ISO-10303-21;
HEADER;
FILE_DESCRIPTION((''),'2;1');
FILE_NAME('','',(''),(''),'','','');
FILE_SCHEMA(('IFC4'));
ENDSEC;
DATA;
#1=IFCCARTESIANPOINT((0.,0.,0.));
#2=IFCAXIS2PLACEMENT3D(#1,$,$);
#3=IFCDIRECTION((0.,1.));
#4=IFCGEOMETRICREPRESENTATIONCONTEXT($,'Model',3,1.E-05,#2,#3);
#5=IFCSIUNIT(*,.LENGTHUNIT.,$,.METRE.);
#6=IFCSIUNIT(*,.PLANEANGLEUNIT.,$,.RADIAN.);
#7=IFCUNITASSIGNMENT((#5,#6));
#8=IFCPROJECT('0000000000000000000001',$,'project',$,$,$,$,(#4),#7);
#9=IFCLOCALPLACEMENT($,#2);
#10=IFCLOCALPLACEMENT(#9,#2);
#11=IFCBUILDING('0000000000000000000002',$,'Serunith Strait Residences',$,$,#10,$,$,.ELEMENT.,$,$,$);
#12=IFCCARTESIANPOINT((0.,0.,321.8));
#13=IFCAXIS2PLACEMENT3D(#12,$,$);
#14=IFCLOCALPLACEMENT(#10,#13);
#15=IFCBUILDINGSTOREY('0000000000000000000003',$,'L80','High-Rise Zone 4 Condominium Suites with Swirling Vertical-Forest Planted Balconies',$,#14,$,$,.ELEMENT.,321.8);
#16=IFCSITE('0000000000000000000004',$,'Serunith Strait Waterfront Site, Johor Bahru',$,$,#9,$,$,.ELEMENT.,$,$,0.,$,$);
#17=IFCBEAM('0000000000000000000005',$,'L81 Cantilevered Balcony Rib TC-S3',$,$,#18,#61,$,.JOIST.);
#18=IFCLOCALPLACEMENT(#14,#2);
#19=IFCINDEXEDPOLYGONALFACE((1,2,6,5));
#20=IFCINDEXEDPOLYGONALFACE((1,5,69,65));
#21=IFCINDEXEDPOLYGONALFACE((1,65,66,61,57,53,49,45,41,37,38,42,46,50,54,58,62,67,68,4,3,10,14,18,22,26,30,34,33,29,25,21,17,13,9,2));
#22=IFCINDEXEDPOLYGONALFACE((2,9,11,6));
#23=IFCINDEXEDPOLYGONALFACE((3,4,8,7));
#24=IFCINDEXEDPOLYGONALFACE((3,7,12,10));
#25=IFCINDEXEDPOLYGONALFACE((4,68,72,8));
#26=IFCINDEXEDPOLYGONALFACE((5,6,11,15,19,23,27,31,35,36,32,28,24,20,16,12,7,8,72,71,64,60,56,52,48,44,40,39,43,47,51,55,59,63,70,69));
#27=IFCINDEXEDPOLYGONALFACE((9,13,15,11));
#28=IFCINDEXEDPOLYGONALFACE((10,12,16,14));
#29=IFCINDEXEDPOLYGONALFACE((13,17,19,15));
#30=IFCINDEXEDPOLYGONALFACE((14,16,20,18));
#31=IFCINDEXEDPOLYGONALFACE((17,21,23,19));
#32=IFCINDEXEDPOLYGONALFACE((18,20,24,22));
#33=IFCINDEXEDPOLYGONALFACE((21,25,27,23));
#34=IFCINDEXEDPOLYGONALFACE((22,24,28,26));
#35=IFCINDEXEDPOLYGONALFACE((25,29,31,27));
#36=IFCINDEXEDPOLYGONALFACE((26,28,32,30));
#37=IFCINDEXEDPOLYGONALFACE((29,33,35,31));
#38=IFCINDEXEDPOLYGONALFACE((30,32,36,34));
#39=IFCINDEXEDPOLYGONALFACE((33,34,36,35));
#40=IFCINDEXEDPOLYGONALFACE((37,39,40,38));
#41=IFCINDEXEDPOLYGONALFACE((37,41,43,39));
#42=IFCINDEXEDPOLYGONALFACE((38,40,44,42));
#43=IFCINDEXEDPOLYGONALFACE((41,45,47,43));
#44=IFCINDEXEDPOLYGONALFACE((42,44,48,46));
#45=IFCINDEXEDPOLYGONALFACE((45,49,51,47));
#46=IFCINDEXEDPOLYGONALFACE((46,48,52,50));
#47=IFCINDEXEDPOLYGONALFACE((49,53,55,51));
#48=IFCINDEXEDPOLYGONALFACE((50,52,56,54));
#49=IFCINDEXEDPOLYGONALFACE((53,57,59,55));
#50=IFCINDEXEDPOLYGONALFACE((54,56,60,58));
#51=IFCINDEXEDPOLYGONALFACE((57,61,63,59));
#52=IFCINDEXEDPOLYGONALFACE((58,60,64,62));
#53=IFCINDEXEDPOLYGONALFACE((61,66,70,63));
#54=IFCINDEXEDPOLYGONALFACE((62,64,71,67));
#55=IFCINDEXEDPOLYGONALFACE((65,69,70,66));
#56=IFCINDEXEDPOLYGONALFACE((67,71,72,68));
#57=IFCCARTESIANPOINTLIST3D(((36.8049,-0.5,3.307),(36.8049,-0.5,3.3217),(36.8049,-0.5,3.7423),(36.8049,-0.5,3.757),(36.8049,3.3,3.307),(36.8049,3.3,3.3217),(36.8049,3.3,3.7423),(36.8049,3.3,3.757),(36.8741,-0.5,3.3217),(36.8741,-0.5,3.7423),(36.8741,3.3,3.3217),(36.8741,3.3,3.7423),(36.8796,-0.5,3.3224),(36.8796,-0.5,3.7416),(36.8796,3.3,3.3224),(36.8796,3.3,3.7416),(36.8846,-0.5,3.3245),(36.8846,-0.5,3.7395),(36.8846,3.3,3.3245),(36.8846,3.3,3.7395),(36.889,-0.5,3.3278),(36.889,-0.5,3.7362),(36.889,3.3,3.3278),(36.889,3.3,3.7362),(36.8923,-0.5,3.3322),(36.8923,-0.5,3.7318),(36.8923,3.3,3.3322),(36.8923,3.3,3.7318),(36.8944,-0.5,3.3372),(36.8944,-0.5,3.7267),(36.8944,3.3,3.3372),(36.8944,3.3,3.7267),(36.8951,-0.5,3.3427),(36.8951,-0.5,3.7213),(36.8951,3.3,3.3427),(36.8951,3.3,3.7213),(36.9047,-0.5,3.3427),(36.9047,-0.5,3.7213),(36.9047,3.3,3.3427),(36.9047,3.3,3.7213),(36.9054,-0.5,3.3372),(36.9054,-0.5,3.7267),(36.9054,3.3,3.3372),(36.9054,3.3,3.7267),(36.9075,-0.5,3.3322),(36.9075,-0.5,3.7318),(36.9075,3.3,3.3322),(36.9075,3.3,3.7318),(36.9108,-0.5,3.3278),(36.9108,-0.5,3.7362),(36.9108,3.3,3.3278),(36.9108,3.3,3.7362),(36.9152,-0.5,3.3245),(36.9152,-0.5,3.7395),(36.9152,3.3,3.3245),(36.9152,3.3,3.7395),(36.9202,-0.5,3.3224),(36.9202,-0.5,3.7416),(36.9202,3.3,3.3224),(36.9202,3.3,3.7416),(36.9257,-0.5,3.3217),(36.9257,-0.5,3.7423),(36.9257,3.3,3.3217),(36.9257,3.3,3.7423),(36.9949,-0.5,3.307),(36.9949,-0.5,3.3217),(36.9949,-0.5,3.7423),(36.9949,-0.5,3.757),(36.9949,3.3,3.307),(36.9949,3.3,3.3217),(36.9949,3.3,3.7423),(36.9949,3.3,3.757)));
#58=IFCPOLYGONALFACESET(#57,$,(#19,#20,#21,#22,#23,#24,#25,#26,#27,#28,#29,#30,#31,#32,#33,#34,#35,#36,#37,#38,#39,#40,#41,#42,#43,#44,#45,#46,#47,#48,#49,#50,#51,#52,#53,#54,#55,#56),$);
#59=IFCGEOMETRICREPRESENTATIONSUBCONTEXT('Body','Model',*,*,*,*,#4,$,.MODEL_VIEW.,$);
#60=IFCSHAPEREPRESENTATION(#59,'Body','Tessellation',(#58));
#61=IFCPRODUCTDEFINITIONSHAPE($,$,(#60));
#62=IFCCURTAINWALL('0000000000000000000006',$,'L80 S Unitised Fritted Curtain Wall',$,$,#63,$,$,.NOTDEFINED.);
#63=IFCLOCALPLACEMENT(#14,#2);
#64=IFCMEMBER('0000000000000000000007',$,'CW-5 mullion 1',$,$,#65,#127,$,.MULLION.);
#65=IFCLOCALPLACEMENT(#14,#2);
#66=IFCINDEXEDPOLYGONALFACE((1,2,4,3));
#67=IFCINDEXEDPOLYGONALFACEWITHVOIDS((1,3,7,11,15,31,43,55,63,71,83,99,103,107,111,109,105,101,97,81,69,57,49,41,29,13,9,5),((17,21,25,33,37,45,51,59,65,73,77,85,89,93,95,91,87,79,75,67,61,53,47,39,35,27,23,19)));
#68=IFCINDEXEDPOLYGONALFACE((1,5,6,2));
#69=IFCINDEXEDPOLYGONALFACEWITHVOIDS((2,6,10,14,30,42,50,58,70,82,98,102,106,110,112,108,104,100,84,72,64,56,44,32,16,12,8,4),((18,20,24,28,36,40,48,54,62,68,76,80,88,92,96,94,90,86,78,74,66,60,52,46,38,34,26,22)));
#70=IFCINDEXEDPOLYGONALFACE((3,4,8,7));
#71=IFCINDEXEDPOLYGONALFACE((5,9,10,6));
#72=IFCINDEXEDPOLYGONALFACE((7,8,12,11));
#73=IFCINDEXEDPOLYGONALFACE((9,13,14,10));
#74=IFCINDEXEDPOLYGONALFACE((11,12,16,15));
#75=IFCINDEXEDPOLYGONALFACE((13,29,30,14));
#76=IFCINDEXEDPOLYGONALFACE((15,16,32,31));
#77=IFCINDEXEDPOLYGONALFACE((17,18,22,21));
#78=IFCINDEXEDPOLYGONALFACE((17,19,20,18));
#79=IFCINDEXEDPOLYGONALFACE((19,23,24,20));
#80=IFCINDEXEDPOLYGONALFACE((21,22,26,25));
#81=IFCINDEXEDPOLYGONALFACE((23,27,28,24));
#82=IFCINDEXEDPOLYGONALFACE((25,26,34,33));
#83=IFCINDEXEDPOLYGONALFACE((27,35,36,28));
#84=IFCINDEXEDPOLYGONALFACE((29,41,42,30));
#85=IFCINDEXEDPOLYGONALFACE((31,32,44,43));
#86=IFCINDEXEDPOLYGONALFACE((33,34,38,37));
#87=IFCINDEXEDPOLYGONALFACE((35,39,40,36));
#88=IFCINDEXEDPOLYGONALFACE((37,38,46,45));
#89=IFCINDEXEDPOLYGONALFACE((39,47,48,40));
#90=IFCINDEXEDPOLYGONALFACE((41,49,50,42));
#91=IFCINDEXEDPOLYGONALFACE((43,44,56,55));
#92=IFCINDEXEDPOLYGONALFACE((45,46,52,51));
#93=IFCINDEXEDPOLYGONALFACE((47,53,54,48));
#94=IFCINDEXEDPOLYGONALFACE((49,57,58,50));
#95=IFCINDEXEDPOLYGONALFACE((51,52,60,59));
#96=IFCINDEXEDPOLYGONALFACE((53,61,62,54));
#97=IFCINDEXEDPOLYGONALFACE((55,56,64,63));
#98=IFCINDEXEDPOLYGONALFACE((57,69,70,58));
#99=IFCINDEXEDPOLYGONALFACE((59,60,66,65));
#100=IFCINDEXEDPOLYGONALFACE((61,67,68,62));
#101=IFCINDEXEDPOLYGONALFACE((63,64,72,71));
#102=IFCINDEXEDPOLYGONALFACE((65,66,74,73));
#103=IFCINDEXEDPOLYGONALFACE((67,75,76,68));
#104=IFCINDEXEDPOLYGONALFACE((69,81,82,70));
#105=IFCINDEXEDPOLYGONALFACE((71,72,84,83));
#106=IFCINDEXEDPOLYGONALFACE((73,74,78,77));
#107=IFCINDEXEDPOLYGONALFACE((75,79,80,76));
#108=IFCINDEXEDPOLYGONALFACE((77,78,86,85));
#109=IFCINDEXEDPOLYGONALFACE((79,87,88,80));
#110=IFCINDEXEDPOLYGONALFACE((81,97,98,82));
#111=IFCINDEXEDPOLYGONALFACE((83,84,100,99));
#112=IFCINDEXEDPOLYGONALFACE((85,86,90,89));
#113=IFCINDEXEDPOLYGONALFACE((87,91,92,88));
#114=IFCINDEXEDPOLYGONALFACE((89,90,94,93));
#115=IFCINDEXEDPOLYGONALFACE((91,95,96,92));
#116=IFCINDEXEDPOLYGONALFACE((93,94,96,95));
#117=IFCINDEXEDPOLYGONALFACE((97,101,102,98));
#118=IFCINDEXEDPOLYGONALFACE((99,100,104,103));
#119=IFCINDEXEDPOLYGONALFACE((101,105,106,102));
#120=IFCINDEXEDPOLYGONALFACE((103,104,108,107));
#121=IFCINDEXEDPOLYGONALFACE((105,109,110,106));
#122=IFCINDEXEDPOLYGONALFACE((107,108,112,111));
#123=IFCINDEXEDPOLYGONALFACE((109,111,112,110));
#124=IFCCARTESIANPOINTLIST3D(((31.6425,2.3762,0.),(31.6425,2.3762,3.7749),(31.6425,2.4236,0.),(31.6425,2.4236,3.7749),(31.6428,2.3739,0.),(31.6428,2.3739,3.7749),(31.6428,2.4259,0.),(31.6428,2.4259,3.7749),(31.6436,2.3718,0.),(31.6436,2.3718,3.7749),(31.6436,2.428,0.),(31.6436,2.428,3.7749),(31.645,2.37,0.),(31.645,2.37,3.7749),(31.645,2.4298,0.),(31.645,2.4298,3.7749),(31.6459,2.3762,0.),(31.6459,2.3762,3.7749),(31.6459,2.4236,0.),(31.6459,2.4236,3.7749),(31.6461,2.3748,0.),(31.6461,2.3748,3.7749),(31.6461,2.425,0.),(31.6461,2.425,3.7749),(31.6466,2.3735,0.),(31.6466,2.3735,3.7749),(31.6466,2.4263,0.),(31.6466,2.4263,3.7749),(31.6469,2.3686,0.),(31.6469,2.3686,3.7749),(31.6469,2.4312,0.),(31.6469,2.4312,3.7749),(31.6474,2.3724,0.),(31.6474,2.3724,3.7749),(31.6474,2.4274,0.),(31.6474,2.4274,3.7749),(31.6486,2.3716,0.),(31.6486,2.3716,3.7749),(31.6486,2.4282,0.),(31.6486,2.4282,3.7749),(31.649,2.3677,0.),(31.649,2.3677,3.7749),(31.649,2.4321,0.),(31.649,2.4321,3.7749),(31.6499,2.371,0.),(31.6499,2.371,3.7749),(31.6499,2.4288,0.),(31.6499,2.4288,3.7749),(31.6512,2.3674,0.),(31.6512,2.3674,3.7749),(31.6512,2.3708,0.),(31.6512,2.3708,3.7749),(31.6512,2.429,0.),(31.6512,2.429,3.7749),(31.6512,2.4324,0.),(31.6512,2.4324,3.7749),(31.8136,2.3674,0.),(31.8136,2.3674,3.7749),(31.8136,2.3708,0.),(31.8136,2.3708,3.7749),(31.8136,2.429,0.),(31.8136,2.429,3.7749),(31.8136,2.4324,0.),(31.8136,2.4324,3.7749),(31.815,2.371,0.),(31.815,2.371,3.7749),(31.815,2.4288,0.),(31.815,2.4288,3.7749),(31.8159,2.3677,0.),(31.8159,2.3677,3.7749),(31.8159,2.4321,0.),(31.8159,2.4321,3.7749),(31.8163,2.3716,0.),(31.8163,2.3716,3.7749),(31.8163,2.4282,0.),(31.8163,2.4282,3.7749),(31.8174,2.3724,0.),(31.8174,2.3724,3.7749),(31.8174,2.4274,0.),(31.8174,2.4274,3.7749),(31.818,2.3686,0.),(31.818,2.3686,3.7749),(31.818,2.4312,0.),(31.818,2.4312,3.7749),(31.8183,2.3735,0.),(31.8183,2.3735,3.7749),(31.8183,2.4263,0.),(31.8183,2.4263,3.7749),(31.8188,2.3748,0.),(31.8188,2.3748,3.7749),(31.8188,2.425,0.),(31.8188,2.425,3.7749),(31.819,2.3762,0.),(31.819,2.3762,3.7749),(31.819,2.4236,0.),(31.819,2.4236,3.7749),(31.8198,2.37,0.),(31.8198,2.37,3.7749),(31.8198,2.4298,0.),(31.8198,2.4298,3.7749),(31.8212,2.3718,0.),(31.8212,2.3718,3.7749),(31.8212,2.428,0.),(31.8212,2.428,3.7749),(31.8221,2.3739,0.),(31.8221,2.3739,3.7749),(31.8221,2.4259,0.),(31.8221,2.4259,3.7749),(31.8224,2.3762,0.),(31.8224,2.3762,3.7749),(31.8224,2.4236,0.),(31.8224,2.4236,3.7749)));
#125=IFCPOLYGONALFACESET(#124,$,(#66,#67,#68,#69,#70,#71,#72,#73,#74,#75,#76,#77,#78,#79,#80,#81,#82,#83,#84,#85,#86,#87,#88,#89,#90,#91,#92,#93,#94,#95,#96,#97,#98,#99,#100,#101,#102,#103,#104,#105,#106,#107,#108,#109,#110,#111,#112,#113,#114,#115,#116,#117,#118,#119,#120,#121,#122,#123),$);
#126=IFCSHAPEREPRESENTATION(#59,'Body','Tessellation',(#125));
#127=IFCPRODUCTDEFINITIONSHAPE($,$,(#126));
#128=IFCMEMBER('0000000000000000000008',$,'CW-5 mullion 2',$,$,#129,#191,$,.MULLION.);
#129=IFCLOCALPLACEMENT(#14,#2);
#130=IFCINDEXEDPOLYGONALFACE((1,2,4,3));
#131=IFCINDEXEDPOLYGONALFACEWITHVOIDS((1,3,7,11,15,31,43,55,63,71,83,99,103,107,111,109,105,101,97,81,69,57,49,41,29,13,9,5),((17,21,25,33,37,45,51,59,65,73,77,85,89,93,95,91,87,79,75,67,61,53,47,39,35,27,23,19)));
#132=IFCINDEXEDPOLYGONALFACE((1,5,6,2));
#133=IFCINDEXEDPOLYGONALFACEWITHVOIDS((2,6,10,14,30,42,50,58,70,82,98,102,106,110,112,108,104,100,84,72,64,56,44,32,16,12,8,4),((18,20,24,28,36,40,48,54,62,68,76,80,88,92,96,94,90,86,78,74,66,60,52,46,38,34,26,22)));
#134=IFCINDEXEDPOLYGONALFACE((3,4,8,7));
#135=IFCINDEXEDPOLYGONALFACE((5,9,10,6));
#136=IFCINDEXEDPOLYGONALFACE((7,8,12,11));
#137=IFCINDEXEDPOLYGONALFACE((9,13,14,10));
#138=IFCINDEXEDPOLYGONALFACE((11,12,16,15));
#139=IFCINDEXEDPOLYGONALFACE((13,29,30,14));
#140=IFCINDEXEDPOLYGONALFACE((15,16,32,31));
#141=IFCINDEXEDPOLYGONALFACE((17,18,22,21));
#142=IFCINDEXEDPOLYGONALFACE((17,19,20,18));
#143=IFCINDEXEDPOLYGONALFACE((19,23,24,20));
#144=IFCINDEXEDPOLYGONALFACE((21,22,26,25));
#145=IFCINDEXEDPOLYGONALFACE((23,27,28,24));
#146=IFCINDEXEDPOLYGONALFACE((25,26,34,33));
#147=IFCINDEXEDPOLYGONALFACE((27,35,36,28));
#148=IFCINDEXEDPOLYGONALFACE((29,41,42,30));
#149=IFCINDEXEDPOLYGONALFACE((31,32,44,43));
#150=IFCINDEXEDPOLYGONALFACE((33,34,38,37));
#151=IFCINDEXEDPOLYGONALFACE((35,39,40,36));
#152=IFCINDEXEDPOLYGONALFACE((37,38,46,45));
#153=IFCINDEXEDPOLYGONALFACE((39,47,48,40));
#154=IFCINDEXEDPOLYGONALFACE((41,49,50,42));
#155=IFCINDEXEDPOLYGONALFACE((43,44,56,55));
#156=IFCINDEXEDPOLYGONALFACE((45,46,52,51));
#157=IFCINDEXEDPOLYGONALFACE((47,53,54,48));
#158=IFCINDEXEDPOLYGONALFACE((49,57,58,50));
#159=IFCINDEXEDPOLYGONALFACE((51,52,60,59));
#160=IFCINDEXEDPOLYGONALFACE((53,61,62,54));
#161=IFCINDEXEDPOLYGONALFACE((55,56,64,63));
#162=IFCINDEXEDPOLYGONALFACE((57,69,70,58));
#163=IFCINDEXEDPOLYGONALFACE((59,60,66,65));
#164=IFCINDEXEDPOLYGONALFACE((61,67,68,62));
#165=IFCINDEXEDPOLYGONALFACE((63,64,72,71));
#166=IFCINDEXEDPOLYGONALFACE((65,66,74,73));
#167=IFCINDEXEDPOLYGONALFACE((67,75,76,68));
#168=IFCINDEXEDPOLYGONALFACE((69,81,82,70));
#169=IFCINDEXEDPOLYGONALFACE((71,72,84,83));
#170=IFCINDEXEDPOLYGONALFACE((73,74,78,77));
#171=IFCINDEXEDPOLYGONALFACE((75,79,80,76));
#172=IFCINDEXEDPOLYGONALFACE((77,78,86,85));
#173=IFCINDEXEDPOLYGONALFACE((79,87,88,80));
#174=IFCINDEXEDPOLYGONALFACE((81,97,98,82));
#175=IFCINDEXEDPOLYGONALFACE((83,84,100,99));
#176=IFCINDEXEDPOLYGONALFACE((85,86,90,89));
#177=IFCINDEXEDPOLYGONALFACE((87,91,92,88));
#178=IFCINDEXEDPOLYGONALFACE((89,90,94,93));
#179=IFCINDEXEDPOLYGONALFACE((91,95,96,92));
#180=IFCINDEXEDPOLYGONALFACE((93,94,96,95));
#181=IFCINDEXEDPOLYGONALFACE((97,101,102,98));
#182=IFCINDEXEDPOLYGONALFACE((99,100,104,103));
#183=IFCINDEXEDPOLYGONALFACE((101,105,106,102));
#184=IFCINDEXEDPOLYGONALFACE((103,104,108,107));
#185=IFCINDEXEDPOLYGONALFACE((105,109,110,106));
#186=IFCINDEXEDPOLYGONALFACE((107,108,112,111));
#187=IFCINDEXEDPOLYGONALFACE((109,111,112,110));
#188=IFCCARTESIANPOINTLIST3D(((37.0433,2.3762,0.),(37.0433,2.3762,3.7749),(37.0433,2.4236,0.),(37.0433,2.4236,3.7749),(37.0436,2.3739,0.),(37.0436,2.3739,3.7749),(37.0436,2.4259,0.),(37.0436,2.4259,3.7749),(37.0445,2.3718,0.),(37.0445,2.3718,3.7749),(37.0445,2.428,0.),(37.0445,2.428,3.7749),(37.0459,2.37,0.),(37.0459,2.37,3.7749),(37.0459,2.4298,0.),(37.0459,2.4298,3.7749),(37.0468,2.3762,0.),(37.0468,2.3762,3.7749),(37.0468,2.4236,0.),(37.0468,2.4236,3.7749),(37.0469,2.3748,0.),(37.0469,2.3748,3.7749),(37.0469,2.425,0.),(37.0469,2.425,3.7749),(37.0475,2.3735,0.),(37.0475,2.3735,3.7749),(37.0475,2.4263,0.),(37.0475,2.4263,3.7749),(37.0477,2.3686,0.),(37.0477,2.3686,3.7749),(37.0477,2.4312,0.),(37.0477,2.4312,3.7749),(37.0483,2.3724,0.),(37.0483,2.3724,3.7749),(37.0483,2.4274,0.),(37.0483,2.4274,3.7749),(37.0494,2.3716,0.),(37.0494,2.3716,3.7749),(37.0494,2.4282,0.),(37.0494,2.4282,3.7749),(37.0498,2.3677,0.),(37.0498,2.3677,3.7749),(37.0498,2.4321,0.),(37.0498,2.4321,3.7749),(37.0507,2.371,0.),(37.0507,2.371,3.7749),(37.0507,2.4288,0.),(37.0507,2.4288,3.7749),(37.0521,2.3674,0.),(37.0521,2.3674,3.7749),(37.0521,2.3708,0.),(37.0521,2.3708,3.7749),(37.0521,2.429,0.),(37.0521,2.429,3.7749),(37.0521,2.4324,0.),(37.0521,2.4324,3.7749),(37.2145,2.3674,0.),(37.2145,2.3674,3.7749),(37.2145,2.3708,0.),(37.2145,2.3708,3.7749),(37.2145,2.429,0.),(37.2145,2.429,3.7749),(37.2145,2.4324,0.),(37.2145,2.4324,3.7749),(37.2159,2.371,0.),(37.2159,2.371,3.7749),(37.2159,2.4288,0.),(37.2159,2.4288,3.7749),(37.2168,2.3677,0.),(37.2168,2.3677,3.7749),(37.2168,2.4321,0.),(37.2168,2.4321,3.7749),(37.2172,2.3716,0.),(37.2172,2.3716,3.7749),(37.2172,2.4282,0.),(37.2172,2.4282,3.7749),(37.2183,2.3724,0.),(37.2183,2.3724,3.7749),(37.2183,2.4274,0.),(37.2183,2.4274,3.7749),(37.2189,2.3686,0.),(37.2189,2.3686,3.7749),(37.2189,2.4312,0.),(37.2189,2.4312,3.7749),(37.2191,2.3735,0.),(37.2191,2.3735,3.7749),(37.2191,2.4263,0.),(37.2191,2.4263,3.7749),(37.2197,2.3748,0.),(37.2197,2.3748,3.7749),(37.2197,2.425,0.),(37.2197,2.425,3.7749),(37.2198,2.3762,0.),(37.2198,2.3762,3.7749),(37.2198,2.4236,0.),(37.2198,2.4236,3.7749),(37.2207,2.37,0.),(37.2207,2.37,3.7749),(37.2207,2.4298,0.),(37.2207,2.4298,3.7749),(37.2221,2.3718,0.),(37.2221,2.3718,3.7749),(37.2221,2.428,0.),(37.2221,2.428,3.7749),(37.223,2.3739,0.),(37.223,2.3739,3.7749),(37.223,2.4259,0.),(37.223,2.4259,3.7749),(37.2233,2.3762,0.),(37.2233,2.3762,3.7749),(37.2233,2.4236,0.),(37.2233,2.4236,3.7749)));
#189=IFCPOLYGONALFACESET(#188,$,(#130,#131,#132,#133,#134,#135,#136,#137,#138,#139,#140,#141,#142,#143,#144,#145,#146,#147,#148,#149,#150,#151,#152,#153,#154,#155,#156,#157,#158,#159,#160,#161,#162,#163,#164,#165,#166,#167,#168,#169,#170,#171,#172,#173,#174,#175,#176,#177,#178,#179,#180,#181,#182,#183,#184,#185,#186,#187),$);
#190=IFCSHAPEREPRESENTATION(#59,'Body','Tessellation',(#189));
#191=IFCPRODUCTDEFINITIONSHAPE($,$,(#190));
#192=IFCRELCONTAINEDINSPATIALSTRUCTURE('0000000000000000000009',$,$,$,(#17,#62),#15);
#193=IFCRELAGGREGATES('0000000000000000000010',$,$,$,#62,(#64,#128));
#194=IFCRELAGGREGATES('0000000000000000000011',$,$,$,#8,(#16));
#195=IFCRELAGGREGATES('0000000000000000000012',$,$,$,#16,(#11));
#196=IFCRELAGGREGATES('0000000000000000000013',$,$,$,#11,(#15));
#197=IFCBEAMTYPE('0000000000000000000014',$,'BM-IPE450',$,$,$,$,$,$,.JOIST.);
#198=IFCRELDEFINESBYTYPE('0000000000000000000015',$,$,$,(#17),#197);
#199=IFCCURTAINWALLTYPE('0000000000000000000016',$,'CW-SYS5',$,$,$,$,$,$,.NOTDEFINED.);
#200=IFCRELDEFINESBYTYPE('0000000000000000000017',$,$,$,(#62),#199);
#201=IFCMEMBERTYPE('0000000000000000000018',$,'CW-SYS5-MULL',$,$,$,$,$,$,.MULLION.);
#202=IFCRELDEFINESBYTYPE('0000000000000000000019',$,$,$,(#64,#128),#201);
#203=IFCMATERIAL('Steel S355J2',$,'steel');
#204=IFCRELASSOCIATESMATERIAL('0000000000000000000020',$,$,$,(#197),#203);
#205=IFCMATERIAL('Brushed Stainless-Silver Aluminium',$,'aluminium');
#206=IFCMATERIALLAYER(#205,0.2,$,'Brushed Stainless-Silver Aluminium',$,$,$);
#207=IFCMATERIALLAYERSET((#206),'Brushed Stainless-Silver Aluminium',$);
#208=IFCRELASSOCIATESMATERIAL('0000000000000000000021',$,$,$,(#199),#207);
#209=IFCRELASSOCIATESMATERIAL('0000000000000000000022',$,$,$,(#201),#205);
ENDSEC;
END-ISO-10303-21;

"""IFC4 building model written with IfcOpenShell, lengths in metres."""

from ifc_helpers import new_model, si_unit, direction, frame, origin, origin_2d, place, context, subcontext, project, spatial, hollow_rectangle, i_section, extrude, source, transform, mapped, material, layer, layer_set, material_profile, profile_set, type_object, element, aggregate, save


model = new_model("IFC4")

# Units and contexts
model_context = context("Model", 3, precision=1e-05, world=origin(), true_north=direction((0.0, 1.0)))
body_context = subcontext(model_context, "Body", "Model", "MODEL_VIEW")
ifc_project = project(units=[si_unit("LENGTHUNIT", "METRE"), si_unit("PLANEANGLEUNIT", "RADIAN")], contexts=[model_context])

# Site, building, storey
site_placement = place(None, origin())
site = spatial("IfcSite", under=ifc_project, at=site_placement, Name="Serunith Strait Waterfront Site, Johor Bahru", CompositionType="ELEMENT", RefElevation=0.0)
building_placement = place(site_placement, origin())
building = spatial("IfcBuilding", under=site, at=building_placement, Name="Serunith Strait Residences", CompositionType="ELEMENT")
storey_placement = place(building_placement, frame((0.0, 0.0, 321.8)))
storey = spatial("IfcBuildingStorey", under=building, at=storey_placement, Name="L80", Description="High-Rise Zone 4 Condominium Suites with Swirling Vertical-Forest Planted Balconies", CompositionType="ELEMENT", Elevation=321.8)

# Beam
ifc_material_1 = material(Name="Steel S355J2", Category="steel")
ifc_material_profile_1 = material_profile(ifc_material_1, i_section(OverallWidth=0.1899, OverallDepth=0.45, WebThickness=0.0095, FlangeThickness=0.0146, FilletRadius=0.021, at=origin_2d()), Name="IPE 450")
ifc_profile_set_1 = profile_set([ifc_material_profile_1], Name="Steel S355J2")
beam_type_1 = type_object("IfcBeamType", Name="BM-IPE450", PredefinedType="JOIST", material=ifc_profile_set_1)
shared_shape_1 = source(origin(), body_context, "Body", "SweptSolid", [
    extrude(i_section(OverallWidth=0.1899, OverallDepth=0.45, WebThickness=0.0095, FlangeThickness=0.0146, FilletRadius=0.021, at=origin_2d()), origin(), (0.0, 0.0, 1.0), 3.8),
])
beam_1_placement = place(storey_placement, frame((36.8999, 3.3, 3.532), z_axis=(0.0, -1.0, 0.0), x_axis=(1.0, 0.0, 0.0)))
element("IfcBeam", 1, at=beam_1_placement, inside=storey, type_object=beam_type_1, Name="L81 Cantilevered Balcony Rib TC-S3", PredefinedType="JOIST", context=body_context, shape_type="MappedRepresentation", body=[
    mapped(shared_shape_1, transform((0.0, 0.0, 0.0), scale=1.0)),
])

# Curtain wall, members
ifc_material_2 = material(Name="Brushed Stainless-Silver Aluminium", Category="aluminium")
ifc_layer_1 = layer(ifc_material_2, 0.2, Name="Brushed Stainless-Silver Aluminium")
ifc_layer_set_1 = layer_set([ifc_layer_1], Name="Brushed Stainless-Silver Aluminium")
curtain_wall_type = type_object("IfcCurtainWallType", Name="CW-SYS5", PredefinedType="NOTDEFINED", material=ifc_layer_set_1)
curtain_wall_placement = place(storey_placement, origin())
curtain_wall = element("IfcCurtainWall", 2, at=curtain_wall_placement, inside=storey, type_object=curtain_wall_type, Name="L80 S Unitised Fritted Curtain Wall", PredefinedType="NOTDEFINED")
ifc_material_profile_2 = material_profile(ifc_material_2, hollow_rectangle(XDim=0.0649, YDim=0.1799, WallThickness=0.0034, InnerFilletRadius=0.0054, OuterFilletRadius=0.0088, at=origin_2d()), Name="ALU 180x65x3.5")
ifc_profile_set_2 = profile_set([ifc_material_profile_2], Name="Brushed Stainless-Silver Aluminium")
member_type_1 = type_object("IfcMemberType", Name="CW-SYS5-MULL", PredefinedType="MULLION", material=ifc_profile_set_2)
shared_shape_2 = source(origin(), body_context, "Body", "SweptSolid", [
    extrude(hollow_rectangle(XDim=0.0649, YDim=0.1799, WallThickness=0.0034, InnerFilletRadius=0.0054, OuterFilletRadius=0.0088, at=origin_2d()), origin(), (0.0, 0.0, 1.0), 3.7749),
])
member_1_placement = place(storey_placement, frame((31.7324, 2.3999, 0.0), z_axis=(0.0, 0.0, 1.0), x_axis=(0.0, 1.0, 0.0)))
member_1 = element("IfcMember", 3, at=member_1_placement, type_object=member_type_1, Name="CW-5 mullion 1", PredefinedType="MULLION", context=body_context, shape_type="MappedRepresentation", body=[
    mapped(shared_shape_2, transform((0.0, 0.0, 0.0), scale=1.0)),
])
member_2_placement = place(storey_placement, frame((37.1333, 2.3999, 0.0), z_axis=(0.0, 0.0, 1.0), x_axis=(0.0, 1.0, 0.0)))
member_2 = element("IfcMember", 4, at=member_2_placement, type_object=member_type_1, Name="CW-5 mullion 2", PredefinedType="MULLION", context=body_context, shape_type="MappedRepresentation", body=[
    mapped(shared_shape_2, transform((0.0, 0.0, 0.0), scale=1.0)),
])
aggregate(curtain_wall, [member_1, member_2])

save(model, "model.ifc")
